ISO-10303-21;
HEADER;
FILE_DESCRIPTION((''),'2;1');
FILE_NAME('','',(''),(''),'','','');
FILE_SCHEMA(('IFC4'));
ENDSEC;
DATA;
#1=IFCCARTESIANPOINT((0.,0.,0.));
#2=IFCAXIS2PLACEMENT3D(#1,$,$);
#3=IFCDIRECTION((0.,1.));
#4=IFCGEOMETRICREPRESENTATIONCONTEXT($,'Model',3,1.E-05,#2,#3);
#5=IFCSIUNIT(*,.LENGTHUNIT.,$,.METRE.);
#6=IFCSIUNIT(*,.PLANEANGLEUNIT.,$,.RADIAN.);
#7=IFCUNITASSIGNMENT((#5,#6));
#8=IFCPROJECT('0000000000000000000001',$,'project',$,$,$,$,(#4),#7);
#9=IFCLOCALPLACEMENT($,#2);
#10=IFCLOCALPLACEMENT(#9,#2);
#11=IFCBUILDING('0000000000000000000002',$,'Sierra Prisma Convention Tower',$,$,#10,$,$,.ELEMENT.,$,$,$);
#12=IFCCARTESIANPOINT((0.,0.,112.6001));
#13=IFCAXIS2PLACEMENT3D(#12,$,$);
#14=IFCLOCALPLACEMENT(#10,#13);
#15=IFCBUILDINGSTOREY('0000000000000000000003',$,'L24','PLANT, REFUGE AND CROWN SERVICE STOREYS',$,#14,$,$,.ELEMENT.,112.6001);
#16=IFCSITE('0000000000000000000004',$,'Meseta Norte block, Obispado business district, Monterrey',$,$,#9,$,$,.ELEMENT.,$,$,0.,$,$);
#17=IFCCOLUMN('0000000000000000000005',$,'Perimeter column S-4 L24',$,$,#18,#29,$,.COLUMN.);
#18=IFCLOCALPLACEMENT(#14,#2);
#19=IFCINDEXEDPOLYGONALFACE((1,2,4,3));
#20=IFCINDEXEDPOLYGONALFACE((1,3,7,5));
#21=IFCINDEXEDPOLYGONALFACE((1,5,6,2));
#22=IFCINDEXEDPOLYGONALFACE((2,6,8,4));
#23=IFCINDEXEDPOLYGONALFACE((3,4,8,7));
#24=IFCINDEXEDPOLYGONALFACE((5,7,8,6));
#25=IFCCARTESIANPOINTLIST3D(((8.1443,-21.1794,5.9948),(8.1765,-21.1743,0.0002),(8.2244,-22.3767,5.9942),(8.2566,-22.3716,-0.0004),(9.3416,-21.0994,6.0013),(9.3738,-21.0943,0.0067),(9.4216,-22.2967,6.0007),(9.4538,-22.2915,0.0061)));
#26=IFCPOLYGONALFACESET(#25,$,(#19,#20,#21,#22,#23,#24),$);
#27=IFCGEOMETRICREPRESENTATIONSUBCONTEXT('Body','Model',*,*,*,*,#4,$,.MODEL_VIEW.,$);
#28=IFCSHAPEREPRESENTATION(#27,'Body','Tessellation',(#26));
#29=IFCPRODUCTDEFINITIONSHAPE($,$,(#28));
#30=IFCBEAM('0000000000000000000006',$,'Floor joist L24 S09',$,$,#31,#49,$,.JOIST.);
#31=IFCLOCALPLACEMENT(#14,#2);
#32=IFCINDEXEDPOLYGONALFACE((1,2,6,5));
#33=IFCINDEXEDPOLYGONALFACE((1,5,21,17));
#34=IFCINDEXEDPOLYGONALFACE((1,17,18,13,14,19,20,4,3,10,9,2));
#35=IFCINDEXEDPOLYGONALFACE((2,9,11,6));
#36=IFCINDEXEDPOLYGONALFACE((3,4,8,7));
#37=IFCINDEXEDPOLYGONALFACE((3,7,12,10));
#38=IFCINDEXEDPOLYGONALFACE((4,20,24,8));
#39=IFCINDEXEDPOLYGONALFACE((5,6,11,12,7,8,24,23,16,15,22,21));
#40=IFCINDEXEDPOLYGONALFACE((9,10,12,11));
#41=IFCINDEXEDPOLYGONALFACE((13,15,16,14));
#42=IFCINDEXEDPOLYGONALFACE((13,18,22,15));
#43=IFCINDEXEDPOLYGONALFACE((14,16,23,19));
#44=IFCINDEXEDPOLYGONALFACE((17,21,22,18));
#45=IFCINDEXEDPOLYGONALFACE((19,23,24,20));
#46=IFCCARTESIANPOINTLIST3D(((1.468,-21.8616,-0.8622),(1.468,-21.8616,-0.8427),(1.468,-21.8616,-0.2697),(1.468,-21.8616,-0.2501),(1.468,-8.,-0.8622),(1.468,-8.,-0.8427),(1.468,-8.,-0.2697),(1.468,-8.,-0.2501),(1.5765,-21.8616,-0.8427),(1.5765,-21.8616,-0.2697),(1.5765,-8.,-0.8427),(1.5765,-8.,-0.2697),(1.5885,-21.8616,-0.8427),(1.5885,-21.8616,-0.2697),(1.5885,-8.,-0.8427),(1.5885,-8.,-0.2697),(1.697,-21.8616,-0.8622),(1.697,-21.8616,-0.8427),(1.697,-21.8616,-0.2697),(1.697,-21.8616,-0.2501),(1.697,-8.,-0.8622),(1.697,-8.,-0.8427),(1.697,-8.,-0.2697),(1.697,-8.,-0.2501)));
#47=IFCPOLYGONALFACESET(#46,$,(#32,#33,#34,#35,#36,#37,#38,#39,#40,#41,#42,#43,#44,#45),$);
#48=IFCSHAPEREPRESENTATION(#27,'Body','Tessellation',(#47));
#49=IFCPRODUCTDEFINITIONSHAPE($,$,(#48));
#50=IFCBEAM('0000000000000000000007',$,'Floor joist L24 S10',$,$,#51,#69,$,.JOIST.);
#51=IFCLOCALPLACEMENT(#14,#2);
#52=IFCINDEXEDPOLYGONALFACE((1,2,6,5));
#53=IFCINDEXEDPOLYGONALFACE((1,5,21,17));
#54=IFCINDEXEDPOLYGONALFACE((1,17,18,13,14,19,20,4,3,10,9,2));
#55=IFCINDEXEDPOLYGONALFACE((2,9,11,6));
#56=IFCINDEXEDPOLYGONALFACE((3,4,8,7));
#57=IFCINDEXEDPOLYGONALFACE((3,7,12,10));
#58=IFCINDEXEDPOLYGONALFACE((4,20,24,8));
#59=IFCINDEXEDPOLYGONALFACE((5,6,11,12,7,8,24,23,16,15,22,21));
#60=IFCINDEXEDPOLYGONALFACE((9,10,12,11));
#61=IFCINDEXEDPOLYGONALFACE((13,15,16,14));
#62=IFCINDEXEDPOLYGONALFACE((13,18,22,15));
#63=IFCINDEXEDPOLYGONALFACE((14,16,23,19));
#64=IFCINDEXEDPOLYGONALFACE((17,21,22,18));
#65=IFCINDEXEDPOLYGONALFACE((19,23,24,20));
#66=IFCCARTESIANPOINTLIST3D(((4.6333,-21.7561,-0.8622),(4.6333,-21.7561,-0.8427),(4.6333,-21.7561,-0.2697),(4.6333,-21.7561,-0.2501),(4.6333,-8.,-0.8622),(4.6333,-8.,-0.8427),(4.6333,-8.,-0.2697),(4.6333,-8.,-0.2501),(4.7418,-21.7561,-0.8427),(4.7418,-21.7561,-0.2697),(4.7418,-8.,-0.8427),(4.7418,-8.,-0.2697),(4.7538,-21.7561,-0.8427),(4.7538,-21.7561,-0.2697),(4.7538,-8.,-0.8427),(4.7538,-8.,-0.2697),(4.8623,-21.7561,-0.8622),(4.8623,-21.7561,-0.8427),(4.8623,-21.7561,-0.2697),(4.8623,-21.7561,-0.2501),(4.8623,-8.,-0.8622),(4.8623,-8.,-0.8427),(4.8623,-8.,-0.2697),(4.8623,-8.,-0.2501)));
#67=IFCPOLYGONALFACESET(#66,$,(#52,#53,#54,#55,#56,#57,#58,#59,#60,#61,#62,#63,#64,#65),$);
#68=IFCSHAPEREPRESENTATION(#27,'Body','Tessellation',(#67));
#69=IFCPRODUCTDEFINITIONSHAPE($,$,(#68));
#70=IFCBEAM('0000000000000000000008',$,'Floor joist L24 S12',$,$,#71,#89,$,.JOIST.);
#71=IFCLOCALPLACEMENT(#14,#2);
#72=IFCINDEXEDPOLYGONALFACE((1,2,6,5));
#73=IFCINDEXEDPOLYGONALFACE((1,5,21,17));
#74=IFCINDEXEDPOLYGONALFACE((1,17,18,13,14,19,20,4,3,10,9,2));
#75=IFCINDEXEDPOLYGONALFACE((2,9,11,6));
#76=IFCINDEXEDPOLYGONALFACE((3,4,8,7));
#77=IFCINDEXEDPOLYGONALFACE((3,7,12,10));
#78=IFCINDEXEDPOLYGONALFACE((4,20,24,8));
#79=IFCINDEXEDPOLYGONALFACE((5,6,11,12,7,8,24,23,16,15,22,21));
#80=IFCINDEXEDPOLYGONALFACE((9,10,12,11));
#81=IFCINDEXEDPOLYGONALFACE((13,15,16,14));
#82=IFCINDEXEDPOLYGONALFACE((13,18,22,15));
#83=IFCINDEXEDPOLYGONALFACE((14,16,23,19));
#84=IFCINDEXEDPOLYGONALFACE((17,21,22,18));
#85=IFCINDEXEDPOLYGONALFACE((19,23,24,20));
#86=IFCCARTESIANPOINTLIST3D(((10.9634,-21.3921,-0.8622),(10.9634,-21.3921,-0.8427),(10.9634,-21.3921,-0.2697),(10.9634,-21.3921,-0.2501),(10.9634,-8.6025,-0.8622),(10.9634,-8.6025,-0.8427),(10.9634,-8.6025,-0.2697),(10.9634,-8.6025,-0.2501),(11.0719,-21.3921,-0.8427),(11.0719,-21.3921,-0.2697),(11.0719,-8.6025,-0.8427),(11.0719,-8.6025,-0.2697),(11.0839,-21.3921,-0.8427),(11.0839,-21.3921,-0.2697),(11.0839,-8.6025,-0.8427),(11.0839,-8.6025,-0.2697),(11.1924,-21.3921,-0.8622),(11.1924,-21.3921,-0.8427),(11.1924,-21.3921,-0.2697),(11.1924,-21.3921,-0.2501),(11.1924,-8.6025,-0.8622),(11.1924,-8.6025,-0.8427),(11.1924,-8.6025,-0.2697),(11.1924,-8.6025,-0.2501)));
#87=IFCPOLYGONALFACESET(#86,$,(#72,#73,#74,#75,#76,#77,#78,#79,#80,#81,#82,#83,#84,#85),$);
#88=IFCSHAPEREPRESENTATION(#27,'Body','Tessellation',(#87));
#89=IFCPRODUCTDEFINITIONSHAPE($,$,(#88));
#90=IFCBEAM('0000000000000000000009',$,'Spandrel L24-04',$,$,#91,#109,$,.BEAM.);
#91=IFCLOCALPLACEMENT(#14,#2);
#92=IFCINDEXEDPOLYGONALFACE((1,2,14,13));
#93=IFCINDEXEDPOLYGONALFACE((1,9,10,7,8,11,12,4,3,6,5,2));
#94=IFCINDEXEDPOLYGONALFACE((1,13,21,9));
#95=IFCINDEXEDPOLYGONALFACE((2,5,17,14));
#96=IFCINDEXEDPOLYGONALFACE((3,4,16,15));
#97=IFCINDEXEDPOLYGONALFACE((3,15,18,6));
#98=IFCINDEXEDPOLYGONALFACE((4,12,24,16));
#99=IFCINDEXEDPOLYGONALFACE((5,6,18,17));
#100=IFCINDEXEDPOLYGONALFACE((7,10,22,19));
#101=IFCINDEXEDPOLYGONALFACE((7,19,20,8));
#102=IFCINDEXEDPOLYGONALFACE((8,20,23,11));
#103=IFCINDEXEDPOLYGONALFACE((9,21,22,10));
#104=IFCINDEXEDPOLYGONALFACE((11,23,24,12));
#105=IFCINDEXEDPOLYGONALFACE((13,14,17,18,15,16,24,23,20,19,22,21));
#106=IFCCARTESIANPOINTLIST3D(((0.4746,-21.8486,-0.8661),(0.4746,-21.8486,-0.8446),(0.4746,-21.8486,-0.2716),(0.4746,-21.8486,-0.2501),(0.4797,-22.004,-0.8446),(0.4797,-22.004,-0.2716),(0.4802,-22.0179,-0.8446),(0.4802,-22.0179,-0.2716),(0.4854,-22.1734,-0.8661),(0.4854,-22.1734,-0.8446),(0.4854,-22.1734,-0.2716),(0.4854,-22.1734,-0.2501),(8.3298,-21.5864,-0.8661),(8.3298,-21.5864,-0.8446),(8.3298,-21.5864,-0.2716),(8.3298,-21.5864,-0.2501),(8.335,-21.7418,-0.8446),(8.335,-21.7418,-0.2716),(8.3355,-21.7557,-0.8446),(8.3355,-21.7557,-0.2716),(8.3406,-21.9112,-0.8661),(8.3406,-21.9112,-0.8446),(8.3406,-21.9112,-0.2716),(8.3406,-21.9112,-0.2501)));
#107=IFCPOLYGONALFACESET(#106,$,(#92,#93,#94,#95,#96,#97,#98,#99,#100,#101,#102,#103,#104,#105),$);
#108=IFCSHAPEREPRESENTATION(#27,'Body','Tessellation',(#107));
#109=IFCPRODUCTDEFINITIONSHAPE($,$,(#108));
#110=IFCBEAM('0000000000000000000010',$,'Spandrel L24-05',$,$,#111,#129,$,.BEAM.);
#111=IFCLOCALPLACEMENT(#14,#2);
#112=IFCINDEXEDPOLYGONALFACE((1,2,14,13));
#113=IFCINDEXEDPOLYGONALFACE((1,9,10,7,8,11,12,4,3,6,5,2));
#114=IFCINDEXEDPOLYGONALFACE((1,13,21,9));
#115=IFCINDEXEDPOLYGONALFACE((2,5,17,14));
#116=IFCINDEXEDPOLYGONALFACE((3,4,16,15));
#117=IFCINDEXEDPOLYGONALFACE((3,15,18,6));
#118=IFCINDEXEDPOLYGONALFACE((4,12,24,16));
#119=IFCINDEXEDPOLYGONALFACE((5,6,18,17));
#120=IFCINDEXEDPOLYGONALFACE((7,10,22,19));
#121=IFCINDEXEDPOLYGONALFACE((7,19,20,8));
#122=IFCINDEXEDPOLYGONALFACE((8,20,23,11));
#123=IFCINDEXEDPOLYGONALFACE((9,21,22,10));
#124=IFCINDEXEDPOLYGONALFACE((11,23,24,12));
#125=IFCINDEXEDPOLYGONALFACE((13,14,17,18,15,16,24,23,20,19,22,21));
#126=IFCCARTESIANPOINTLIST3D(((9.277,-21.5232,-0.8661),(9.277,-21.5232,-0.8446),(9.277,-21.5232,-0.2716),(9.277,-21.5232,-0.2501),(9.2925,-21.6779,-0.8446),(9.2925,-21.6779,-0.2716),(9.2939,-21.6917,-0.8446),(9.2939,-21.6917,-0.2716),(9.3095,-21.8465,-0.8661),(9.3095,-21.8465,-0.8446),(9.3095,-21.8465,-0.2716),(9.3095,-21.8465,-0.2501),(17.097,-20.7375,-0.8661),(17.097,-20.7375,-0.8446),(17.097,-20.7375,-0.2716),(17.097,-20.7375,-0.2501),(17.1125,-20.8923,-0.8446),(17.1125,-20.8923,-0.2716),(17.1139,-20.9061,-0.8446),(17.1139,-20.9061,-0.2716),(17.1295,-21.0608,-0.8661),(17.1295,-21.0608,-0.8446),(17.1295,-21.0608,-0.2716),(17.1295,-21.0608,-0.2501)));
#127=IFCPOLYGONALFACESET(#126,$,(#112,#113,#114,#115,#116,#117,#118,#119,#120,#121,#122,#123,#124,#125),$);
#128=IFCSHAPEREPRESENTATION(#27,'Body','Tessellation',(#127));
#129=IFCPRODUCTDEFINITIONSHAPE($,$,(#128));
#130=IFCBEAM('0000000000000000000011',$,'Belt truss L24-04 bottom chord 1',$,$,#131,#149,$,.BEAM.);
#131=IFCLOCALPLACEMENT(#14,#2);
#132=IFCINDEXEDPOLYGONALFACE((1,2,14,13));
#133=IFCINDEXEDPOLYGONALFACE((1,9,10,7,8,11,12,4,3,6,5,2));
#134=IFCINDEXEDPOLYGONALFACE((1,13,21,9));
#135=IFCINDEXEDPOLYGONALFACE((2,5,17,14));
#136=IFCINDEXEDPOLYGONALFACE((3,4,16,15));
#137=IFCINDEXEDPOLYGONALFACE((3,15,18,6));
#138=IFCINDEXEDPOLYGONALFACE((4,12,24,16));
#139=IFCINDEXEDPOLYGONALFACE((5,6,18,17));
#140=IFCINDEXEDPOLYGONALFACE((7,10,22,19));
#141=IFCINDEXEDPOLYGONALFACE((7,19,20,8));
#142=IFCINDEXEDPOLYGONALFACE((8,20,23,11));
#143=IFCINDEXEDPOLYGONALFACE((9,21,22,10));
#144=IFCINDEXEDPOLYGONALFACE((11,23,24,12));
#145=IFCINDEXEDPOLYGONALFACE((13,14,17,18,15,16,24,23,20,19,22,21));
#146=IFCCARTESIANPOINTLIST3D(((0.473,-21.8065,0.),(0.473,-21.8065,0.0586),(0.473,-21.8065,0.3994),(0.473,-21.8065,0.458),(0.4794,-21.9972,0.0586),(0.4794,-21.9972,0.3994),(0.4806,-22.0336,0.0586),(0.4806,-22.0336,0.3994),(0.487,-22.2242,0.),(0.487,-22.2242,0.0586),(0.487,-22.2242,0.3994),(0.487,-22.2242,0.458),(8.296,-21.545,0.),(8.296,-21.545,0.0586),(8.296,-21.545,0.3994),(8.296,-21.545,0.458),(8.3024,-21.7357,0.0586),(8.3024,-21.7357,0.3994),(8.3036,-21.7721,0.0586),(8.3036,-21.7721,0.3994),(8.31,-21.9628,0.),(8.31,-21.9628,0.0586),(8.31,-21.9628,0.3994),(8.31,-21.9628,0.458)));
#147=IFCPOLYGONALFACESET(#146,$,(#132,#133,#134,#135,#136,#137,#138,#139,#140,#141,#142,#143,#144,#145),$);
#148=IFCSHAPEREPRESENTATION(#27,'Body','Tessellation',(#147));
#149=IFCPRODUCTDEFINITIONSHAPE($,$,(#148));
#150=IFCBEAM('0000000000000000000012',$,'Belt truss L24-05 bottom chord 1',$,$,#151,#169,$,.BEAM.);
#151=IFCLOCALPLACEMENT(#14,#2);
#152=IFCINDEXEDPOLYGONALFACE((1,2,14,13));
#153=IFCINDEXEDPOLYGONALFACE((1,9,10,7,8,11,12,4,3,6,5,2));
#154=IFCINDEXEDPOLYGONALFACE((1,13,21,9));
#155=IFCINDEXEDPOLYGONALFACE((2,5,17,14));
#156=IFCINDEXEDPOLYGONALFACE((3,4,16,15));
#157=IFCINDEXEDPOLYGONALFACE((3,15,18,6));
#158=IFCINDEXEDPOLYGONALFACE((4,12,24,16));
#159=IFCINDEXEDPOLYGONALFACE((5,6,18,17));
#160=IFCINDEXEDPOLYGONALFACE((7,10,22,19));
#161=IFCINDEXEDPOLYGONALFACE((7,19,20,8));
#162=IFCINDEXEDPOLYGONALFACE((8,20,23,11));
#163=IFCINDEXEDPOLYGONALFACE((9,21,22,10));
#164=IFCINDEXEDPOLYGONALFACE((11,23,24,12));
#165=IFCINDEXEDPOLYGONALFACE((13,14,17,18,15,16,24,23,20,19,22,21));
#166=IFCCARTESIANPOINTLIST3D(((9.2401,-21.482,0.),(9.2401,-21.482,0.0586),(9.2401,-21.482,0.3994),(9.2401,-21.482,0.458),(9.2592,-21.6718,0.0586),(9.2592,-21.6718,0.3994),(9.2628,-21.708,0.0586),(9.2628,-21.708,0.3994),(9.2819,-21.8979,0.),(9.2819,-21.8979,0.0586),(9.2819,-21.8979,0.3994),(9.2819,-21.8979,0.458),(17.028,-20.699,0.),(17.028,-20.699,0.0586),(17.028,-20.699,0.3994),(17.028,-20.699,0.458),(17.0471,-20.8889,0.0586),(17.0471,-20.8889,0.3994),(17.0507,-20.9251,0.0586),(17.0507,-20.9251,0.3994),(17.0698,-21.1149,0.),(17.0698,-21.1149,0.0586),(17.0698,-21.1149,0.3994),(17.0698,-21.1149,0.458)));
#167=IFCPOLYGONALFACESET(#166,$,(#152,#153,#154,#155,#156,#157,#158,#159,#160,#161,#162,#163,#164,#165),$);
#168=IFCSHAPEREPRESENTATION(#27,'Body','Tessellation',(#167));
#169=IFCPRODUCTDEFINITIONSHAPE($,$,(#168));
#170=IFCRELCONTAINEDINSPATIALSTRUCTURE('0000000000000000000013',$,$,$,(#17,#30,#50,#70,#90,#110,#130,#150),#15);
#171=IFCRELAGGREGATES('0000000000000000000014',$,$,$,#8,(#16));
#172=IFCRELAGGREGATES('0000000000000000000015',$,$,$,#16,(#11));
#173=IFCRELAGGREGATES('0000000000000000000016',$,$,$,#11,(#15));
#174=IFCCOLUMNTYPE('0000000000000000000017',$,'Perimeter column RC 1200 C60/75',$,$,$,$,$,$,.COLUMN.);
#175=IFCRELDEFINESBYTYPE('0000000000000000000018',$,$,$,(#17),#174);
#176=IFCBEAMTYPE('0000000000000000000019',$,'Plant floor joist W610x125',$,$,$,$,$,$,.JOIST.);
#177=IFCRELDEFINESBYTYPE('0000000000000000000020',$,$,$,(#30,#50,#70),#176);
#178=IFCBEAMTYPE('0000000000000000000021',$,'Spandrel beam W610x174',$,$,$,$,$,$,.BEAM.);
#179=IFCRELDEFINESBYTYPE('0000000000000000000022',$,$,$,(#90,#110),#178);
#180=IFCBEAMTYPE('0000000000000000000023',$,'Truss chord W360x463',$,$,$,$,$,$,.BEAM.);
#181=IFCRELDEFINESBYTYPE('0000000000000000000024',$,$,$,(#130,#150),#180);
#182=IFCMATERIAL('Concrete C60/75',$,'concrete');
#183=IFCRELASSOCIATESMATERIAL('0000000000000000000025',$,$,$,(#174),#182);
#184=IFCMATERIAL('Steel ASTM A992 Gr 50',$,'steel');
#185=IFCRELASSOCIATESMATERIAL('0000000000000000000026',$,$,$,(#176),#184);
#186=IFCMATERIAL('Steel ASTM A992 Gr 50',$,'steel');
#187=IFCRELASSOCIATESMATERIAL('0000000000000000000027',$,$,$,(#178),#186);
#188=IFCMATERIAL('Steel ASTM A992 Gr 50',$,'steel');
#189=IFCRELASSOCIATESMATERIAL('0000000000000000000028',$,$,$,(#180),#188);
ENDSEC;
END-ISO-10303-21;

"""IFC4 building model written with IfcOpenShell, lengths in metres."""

from ifc_helpers import new_model, si_unit, direction, frame, origin, origin_2d, place, context, subcontext, project, spatial, rectangle, i_section, extrude, clip, halfspace, material, material_profile, profile_set, type_object, element, save


model = new_model("IFC4")

# Units and contexts
model_context = context("Model", 3, precision=1e-05, world=origin(), true_north=direction((0.0, 1.0)))
body_context = subcontext(model_context, "Body", "Model", "MODEL_VIEW")
ifc_project = project(units=[si_unit("LENGTHUNIT", "METRE"), si_unit("PLANEANGLEUNIT", "RADIAN")], contexts=[model_context])

# Site, building, storey
site_placement = place(None, origin())
site = spatial("IfcSite", under=ifc_project, at=site_placement, Name="Meseta Norte block, Obispado business district, Monterrey", CompositionType="ELEMENT", RefElevation=0.0)
building_placement = place(site_placement, origin())
building = spatial("IfcBuilding", under=site, at=building_placement, Name="Sierra Prisma Convention Tower", CompositionType="ELEMENT")
storey_placement = place(building_placement, frame((0.0, 0.0, 112.6001)))
storey = spatial("IfcBuildingStorey", under=building, at=storey_placement, Name="L24", Description="PLANT, REFUGE AND CROWN SERVICE STOREYS", CompositionType="ELEMENT", Elevation=112.6001)

# Column
ifc_material_1 = material(Name="Concrete C60/75", Category="concrete")
ifc_material_profile_1 = material_profile(ifc_material_1, rectangle(XDim=1.2, YDim=1.2, at=origin_2d()), Name="Perimeter column RC 1200 C60/75")
ifc_profile_set_1 = profile_set([ifc_material_profile_1], Name="Concrete C60/75")
column_type = type_object("IfcColumnType", Name="Perimeter column RC 1200 C60/75", PredefinedType="COLUMN", material=ifc_profile_set_1)
column_placement = place(storey_placement, frame((8.8152, -21.7329, 0.0), z_axis=(-0.005371, -0.000854, 0.999985), x_axis=(0.997759, 0.066694, 0.005416)))
element("IfcColumn", 1, at=column_placement, inside=storey, type_object=column_type, Name="Perimeter column S-4 L24", PredefinedType="COLUMN", context=body_context, shape_type="SweptSolid", body=[
    clip(clip(extrude(rectangle(XDim=1.2, YDim=1.2, at=origin_2d()), origin(), (0.0, 0.0, 1.0), 6.0), halfspace(frame((0.0, 0.0, 0.0032)), True)), halfspace(frame((0.0, 0.0, 5.9978)), False)),
])

# Beams
ifc_material_2 = material(Name="Steel ASTM A992 Gr 50", Category="steel")
ifc_material_profile_2 = material_profile(ifc_material_2, i_section(OverallWidth=0.229, OverallDepth=0.6121, WebThickness=0.012, FlangeThickness=0.0195, at=origin_2d()), Name="W610x125")
ifc_profile_set_2 = profile_set([ifc_material_profile_2], Name="Steel ASTM A992 Gr 50")
beam_type_1 = type_object("IfcBeamType", Name="Plant floor joist W610x125", PredefinedType="JOIST", material=ifc_profile_set_2)
beam_1_placement = place(storey_placement, frame((1.5825, -21.8616, -0.5562), z_axis=(0.0, 1.0, 0.0), x_axis=(-1.0, 0.0, 0.0)))
element("IfcBeam", 2, at=beam_1_placement, inside=storey, type_object=beam_type_1, Name="Floor joist L24 S09", PredefinedType="JOIST", context=body_context, shape_type="SweptSolid", body=[
    extrude(i_section(OverallWidth=0.229, OverallDepth=0.6121, WebThickness=0.012, FlangeThickness=0.0195, at=origin_2d()), origin(), (0.0, 0.0, 1.0), 13.8616),
])
beam_2_placement = place(storey_placement, frame((4.7478, -21.7561, -0.5562), z_axis=(0.0, 1.0, 0.0), x_axis=(-1.0, 0.0, 0.0)))
element("IfcBeam", 3, at=beam_2_placement, inside=storey, type_object=beam_type_1, Name="Floor joist L24 S10", PredefinedType="JOIST", context=body_context, shape_type="SweptSolid", body=[
    extrude(i_section(OverallWidth=0.229, OverallDepth=0.6121, WebThickness=0.012, FlangeThickness=0.0195, at=origin_2d()), origin(), (0.0, 0.0, 1.0), 13.7561),
])
beam_3_placement = place(storey_placement, frame((11.0779, -21.3921, -0.5562), z_axis=(0.0, 1.0, 0.0), x_axis=(-1.0, 0.0, 0.0)))
element("IfcBeam", 4, at=beam_3_placement, inside=storey, type_object=beam_type_1, Name="Floor joist L24 S12", PredefinedType="JOIST", context=body_context, shape_type="SweptSolid", body=[
    extrude(i_section(OverallWidth=0.229, OverallDepth=0.6121, WebThickness=0.012, FlangeThickness=0.0195, at=origin_2d()), origin(), (0.0, 0.0, 1.0), 12.7896),
])
ifc_material_3 = material(Name="Steel ASTM A992 Gr 50", Category="steel")
ifc_material_profile_3 = material_profile(ifc_material_3, i_section(OverallWidth=0.325, OverallDepth=0.616, WebThickness=0.0139, FlangeThickness=0.0215, at=origin_2d()), Name="W610x174")
ifc_profile_set_3 = profile_set([ifc_material_profile_3], Name="Steel ASTM A992 Gr 50")
beam_type_2 = type_object("IfcBeamType", Name="Spandrel beam W610x174", PredefinedType="BEAM", material=ifc_profile_set_3)
beam_4_placement = place(storey_placement, frame((0.48, -22.011, -0.5581), z_axis=(0.999443, 0.033361, 0.0), x_axis=(-0.033361, 0.999443, 0.0)))
element("IfcBeam", 5, at=beam_4_placement, inside=storey, type_object=beam_type_2, Name="Spandrel L24-04", PredefinedType="BEAM", context=body_context, shape_type="SweptSolid", body=[
    extrude(i_section(OverallWidth=0.325, OverallDepth=0.616, WebThickness=0.0139, FlangeThickness=0.0215, at=origin_2d()), origin(), (0.0, 0.0, 1.0), 7.8596),
])
beam_5_placement = place(storey_placement, frame((9.2932, -21.6848, -0.5581), z_axis=(0.994991, 0.099962, 0.0), x_axis=(-0.099962, 0.994991, 0.0)))
element("IfcBeam", 6, at=beam_5_placement, inside=storey, type_object=beam_type_2, Name="Spandrel L24-05", PredefinedType="BEAM", context=body_context, shape_type="SweptSolid", body=[
    extrude(i_section(OverallWidth=0.325, OverallDepth=0.616, WebThickness=0.0139, FlangeThickness=0.0215, at=origin_2d()), origin(), (0.0, 0.0, 1.0), 7.8594),
])
ifc_material_4 = material(Name="Steel ASTM A992 Gr 50", Category="steel")
ifc_material_profile_4 = material_profile(ifc_material_4, i_section(OverallWidth=0.418, OverallDepth=0.458, WebThickness=0.0364, FlangeThickness=0.0586, at=origin_2d()), Name="W360x463")
ifc_profile_set_4 = profile_set([ifc_material_profile_4], Name="Steel ASTM A992 Gr 50")
beam_type_3 = type_object("IfcBeamType", Name="Truss chord W360x463", PredefinedType="BEAM", material=ifc_profile_set_4)
beam_6_placement = place(storey_placement, frame((0.48, -22.0154, 0.229), z_axis=(0.999442, 0.033405, 0.0), x_axis=(-0.033405, 0.999442, 0.0)))
element("IfcBeam", 7, at=beam_6_placement, inside=storey, type_object=beam_type_3, Name="Belt truss L24-04 bottom chord 1", PredefinedType="BEAM", context=body_context, shape_type="SweptSolid", body=[
    extrude(i_section(OverallWidth=0.418, OverallDepth=0.458, WebThickness=0.0364, FlangeThickness=0.0586, at=origin_2d()), origin(), (0.0, 0.0, 1.0), 7.8274),
])
beam_7_placement = place(storey_placement, frame((9.261, -21.6899, 0.229), z_axis=(0.994984, 0.100032, 0.0), x_axis=(-0.100032, 0.994984, 0.0)))
element("IfcBeam", 8, at=beam_7_placement, inside=storey, type_object=beam_type_3, Name="Belt truss L24-05 bottom chord 1", PredefinedType="BEAM", context=body_context, shape_type="SweptSolid", body=[
    extrude(i_section(OverallWidth=0.418, OverallDepth=0.458, WebThickness=0.0364, FlangeThickness=0.0586, at=origin_2d()), origin(), (0.0, 0.0, 1.0), 7.8271),
])

save(model, "model.ifc")
